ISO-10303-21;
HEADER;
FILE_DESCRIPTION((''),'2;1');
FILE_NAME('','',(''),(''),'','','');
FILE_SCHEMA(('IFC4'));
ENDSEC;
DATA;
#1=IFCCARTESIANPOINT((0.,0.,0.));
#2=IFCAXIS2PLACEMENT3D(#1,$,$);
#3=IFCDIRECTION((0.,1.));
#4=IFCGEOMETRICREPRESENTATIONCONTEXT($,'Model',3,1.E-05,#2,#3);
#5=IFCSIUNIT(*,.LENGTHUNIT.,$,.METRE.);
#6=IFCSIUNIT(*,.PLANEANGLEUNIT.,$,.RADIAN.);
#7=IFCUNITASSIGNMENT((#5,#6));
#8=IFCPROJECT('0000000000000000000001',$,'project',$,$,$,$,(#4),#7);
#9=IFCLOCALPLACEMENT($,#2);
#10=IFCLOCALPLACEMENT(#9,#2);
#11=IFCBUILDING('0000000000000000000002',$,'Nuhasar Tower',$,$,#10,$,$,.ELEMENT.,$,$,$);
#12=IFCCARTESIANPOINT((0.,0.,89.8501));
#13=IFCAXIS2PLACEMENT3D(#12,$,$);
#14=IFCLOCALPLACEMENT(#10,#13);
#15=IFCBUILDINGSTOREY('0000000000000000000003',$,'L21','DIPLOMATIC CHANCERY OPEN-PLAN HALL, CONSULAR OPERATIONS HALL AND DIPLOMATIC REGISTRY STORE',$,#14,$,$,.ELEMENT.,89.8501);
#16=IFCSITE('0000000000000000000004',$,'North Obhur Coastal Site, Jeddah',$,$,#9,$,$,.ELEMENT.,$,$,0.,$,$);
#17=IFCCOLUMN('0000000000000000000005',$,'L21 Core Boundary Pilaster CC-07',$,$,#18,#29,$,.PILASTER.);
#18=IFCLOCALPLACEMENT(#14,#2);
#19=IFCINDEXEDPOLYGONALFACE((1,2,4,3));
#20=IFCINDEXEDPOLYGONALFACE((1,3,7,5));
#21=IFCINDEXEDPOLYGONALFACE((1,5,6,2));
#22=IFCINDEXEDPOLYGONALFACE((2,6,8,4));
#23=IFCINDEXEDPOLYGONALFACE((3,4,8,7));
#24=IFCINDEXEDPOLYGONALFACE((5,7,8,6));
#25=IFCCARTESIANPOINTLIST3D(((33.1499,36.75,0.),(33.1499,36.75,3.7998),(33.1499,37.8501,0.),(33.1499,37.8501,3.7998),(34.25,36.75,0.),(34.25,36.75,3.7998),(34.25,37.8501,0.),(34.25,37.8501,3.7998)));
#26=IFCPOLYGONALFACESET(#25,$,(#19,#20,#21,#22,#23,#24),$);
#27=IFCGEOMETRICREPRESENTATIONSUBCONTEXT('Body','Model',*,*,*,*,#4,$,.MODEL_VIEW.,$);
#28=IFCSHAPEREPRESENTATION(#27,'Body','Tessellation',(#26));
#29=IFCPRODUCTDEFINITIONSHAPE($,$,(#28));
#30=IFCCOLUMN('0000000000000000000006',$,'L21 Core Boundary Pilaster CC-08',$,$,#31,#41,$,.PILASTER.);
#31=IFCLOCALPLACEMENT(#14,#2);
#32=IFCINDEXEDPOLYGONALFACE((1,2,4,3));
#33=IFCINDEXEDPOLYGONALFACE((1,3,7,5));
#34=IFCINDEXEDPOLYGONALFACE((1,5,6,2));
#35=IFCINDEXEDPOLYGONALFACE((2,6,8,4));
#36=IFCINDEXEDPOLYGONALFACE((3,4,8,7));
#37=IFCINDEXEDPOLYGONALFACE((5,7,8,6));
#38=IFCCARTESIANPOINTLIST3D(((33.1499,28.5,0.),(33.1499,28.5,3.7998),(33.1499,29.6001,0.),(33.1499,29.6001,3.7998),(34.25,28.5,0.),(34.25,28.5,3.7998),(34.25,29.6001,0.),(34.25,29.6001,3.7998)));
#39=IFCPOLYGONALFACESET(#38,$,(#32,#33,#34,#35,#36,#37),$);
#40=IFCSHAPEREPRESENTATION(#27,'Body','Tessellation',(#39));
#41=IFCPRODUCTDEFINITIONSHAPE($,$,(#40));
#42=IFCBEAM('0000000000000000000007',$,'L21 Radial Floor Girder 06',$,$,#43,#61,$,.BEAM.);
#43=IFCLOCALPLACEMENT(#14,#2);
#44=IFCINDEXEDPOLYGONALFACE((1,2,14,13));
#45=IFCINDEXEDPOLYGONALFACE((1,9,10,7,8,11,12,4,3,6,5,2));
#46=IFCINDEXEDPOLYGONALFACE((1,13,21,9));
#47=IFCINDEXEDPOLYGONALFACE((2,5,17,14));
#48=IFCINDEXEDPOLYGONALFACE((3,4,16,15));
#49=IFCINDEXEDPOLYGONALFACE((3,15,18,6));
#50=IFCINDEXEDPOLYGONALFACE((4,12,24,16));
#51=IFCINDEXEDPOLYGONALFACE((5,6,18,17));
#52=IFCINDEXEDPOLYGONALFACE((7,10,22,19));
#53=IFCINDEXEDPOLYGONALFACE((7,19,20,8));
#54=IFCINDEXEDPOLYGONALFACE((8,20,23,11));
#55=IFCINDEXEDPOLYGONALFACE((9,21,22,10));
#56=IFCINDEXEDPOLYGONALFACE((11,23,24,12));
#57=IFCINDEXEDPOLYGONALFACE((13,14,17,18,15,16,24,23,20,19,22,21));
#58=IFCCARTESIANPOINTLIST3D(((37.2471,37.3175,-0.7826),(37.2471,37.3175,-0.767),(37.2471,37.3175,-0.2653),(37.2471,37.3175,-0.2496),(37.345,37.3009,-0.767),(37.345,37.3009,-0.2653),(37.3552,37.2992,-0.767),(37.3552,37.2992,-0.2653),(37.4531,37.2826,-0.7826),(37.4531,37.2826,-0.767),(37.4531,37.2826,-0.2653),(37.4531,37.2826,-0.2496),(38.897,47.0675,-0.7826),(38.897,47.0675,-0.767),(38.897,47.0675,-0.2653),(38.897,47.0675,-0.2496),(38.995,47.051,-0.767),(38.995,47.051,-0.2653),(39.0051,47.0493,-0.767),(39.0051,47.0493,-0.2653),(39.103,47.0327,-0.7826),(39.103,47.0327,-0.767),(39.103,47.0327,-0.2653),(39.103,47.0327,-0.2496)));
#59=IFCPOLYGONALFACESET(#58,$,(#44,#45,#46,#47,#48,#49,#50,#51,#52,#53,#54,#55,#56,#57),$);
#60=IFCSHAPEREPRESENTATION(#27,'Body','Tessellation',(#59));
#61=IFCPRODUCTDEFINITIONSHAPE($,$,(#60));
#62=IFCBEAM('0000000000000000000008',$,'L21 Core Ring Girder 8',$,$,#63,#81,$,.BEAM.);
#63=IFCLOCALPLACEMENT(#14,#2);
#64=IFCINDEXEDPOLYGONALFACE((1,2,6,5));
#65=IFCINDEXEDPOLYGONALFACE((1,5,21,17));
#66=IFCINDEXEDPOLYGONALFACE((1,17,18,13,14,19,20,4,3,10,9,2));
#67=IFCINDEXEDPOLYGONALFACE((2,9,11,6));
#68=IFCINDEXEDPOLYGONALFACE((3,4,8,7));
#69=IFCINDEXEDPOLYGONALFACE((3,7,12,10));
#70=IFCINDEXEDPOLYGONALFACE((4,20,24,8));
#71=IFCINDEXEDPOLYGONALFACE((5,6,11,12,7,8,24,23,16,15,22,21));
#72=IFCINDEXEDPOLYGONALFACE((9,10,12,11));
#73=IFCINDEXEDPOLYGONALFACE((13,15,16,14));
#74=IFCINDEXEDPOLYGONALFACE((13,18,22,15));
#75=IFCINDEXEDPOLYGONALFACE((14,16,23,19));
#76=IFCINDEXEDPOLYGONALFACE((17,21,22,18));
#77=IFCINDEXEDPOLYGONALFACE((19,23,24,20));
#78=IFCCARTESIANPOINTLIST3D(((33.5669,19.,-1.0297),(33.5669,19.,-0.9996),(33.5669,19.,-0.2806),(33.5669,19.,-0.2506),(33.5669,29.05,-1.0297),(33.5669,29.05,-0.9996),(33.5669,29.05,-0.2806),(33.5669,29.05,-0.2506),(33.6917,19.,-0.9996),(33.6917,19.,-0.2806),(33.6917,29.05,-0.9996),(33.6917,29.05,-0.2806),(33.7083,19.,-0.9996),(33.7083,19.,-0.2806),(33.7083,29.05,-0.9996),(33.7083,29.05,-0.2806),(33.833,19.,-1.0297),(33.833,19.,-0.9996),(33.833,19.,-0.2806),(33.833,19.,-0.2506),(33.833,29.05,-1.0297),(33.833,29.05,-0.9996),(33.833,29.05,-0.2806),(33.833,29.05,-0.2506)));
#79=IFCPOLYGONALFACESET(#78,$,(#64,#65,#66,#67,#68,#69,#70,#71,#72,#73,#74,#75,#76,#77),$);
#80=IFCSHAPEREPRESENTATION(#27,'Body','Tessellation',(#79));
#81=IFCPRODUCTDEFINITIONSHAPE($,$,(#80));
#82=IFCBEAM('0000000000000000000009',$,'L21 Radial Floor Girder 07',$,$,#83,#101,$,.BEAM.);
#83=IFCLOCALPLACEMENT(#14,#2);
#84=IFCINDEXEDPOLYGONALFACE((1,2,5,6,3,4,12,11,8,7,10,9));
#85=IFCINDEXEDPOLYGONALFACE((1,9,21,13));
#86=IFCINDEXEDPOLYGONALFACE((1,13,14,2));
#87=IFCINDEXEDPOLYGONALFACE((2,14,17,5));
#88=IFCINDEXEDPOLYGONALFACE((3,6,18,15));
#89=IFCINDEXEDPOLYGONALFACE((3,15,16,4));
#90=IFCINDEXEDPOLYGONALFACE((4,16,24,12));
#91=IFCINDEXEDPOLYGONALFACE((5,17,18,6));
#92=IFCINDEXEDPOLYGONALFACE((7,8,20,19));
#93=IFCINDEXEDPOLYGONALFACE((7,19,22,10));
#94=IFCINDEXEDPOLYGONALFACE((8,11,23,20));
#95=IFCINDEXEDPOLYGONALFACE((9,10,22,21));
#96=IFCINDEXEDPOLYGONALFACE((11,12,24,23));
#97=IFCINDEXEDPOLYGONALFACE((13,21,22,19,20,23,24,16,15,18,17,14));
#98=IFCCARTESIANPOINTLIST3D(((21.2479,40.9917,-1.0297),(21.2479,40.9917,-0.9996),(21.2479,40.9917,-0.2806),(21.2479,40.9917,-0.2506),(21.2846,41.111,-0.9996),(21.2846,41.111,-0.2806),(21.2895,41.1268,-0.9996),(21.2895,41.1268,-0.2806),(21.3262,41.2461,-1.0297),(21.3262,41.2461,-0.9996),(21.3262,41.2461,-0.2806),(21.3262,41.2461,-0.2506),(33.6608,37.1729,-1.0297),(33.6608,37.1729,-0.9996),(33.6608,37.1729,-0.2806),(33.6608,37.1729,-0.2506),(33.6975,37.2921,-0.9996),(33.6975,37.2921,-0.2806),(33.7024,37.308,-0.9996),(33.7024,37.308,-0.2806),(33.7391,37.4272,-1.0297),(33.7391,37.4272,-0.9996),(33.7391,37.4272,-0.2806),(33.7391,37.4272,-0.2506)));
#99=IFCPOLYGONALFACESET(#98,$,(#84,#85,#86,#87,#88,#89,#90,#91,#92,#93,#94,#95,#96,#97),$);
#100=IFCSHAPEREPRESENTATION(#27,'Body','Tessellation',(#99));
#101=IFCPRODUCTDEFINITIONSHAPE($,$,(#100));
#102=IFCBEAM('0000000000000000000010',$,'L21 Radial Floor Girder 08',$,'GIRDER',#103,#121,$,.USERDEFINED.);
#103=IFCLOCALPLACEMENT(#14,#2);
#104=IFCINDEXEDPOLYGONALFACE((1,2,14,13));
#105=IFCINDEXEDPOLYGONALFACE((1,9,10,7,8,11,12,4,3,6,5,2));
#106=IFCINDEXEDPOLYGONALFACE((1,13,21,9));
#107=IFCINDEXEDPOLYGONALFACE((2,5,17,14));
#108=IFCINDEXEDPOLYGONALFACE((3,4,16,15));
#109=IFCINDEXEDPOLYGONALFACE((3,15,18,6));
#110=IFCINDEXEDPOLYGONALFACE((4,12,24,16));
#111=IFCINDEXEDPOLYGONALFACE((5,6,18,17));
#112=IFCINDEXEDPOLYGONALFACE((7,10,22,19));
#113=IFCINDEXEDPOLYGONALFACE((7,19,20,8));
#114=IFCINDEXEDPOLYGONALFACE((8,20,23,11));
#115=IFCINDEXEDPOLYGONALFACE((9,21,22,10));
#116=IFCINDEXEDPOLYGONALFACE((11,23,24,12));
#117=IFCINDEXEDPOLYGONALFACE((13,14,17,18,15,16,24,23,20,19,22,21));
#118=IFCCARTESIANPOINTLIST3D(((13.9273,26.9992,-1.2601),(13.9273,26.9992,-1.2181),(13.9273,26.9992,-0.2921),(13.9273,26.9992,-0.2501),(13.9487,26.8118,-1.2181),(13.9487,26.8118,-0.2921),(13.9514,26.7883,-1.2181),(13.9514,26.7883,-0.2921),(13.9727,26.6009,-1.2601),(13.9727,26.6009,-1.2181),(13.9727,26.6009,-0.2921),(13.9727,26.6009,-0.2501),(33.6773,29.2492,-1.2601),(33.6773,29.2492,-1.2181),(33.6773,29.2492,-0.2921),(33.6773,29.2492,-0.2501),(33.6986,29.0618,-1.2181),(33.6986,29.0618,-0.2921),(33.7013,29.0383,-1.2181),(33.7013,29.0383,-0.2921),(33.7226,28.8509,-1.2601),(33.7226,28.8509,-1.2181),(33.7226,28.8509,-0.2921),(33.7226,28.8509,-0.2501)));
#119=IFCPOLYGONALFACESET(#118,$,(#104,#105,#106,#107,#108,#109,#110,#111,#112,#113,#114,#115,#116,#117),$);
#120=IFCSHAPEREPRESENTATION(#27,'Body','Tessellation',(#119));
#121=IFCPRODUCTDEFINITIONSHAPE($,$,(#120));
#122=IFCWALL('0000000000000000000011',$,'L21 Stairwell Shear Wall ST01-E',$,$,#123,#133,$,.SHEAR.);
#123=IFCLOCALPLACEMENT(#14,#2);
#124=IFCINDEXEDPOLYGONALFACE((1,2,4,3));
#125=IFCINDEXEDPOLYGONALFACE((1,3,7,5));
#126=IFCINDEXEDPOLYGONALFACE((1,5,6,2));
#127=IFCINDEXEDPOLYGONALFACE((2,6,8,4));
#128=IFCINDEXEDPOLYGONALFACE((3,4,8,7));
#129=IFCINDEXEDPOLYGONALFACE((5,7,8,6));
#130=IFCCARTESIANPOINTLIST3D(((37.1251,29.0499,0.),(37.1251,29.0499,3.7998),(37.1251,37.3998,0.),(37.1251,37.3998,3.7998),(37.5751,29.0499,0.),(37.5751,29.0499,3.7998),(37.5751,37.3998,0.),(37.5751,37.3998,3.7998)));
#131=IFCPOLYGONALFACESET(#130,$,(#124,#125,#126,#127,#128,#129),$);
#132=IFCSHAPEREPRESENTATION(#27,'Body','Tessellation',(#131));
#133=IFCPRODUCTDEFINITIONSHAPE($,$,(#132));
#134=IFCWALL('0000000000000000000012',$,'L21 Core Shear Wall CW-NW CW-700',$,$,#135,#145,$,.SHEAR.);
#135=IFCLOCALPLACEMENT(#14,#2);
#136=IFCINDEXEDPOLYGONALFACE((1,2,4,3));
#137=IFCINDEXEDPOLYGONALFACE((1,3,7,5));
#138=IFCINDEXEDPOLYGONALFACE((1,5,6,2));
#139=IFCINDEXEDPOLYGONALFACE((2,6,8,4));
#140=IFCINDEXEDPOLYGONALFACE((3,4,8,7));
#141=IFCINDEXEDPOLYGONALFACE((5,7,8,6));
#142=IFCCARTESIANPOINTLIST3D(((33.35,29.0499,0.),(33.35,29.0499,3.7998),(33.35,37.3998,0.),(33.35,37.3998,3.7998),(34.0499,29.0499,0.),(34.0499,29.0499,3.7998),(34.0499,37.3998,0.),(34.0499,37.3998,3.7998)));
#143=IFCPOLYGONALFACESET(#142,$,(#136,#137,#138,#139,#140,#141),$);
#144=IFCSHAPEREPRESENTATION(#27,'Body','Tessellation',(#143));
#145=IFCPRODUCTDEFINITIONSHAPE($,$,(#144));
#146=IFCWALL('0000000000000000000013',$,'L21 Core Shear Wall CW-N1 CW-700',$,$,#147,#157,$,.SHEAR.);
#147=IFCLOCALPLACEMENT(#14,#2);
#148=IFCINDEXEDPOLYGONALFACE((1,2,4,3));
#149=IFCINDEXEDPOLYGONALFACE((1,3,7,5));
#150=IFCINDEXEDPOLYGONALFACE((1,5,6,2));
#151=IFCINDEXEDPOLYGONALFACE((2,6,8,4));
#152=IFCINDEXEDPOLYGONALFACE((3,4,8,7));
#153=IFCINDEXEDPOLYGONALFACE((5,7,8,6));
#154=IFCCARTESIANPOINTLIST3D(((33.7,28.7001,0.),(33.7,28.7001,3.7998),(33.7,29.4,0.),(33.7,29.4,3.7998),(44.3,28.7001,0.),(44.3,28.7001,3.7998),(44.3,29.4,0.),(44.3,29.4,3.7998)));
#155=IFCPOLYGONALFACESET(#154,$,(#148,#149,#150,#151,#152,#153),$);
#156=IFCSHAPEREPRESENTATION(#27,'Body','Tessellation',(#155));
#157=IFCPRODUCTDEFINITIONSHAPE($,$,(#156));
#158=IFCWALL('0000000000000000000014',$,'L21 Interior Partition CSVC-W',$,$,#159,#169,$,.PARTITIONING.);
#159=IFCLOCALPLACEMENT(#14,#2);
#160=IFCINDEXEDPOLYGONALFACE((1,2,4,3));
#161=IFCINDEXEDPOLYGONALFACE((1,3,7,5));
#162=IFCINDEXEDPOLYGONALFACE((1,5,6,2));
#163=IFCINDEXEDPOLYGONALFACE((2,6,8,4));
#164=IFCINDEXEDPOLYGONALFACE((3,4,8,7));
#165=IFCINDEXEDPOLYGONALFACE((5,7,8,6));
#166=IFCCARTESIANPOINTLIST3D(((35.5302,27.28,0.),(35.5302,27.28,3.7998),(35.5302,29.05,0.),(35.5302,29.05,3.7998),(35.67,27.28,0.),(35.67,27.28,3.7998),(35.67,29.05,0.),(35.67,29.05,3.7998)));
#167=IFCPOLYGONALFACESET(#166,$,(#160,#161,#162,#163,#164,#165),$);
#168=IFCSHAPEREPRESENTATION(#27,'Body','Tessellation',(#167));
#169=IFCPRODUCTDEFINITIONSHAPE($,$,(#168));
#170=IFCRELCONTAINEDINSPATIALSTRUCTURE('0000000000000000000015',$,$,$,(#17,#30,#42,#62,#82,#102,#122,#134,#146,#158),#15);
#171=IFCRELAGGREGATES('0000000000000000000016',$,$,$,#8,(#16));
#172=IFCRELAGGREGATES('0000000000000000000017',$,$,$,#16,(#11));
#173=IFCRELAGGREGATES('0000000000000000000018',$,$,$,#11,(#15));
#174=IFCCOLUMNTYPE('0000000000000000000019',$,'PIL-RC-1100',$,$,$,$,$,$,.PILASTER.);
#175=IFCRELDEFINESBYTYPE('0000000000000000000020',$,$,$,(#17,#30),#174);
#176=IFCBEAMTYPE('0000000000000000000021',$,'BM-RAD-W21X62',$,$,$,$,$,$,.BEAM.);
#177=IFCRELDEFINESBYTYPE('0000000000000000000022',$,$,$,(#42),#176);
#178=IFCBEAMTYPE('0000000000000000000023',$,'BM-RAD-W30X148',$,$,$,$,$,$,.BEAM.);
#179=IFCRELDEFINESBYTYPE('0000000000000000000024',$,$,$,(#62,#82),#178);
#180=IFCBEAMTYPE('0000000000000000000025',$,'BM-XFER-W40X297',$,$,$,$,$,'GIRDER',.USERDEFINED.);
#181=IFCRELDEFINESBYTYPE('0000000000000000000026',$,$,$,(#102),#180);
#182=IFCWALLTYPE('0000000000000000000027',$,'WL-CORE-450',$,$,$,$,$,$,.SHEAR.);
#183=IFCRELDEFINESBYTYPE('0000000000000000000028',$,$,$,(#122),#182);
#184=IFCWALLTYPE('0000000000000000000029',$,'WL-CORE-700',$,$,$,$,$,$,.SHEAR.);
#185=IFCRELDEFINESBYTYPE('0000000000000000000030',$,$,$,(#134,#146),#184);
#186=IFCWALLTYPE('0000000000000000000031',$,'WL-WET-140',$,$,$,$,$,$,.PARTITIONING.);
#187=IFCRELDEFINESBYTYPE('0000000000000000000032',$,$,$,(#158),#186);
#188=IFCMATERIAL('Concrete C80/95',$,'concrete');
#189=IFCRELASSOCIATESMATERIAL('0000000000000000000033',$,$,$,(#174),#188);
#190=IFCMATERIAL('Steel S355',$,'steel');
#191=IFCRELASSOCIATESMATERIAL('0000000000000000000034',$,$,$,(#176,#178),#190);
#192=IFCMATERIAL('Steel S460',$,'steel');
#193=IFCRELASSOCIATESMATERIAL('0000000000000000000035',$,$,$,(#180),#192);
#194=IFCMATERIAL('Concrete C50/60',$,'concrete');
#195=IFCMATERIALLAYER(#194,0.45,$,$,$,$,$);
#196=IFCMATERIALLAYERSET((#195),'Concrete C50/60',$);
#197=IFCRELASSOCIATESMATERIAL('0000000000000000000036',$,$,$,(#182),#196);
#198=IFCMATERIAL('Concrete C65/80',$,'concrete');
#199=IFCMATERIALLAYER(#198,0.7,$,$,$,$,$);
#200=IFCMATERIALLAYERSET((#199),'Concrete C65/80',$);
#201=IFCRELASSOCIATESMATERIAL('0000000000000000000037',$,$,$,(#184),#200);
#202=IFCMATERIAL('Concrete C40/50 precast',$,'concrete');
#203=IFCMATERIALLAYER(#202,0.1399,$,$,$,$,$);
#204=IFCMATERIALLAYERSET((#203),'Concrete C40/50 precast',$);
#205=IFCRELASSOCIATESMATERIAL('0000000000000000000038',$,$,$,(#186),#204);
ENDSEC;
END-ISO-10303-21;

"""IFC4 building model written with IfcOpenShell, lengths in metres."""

from ifc_helpers import new_model, si_unit, direction, frame, frame_2d, origin, origin_2d, place, context, subcontext, project, spatial, rectangle, i_section, extrude, material, layer, layer_set, material_profile, profile_set, type_object, element, save


model = new_model("IFC4")

# Units and contexts
model_context = context("Model", 3, precision=1e-05, world=origin(), true_north=direction((0.0, 1.0)))
body_context = subcontext(model_context, "Body", "Model", "MODEL_VIEW")
ifc_project = project(units=[si_unit("LENGTHUNIT", "METRE"), si_unit("PLANEANGLEUNIT", "RADIAN")], contexts=[model_context])

# Site, building, storey
site_placement = place(None, origin())
site = spatial("IfcSite", under=ifc_project, at=site_placement, Name="North Obhur Coastal Site, Jeddah", CompositionType="ELEMENT", RefElevation=0.0)
building_placement = place(site_placement, origin())
building = spatial("IfcBuilding", under=site, at=building_placement, Name="Nuhasar Tower", CompositionType="ELEMENT")
storey_placement = place(building_placement, frame((0.0, 0.0, 89.8501)))
storey = spatial("IfcBuildingStorey", under=building, at=storey_placement, Name="L21", Description="DIPLOMATIC CHANCERY OPEN-PLAN HALL, CONSULAR OPERATIONS HALL AND DIPLOMATIC REGISTRY STORE", CompositionType="ELEMENT", Elevation=89.8501)

# Columns
ifc_material_1 = material(Name="Concrete C80/95", Category="concrete")
ifc_material_profile_1 = material_profile(ifc_material_1, rectangle(XDim=1.1001, YDim=1.1001, at=origin_2d()), Name="RC1100X1100")
ifc_profile_set_1 = profile_set([ifc_material_profile_1], Name="Concrete C80/95")
column_type = type_object("IfcColumnType", Name="PIL-RC-1100", PredefinedType="PILASTER", material=ifc_profile_set_1)
for number, where, z_axis, x_axis, name in (
    (1, (33.7, 37.3, 0.0), (0.0, 0.0, 1.0), (1.0, 0.0, 0.0), "L21 Core Boundary Pilaster CC-07"),
    (2, (33.7, 29.05, 0.0), (0.0, 0.0, 1.0), (1.0, 0.0, 0.0), "L21 Core Boundary Pilaster CC-08"),
):
    element("IfcColumn", number, at=place(storey_placement, frame(where, z_axis=z_axis, x_axis=x_axis)), inside=storey, type_object=column_type, Name=name, PredefinedType="PILASTER", context=body_context, shape_type="SweptSolid", body=[
        extrude(rectangle(XDim=1.1001, YDim=1.1001, at=origin_2d()), origin(), (0.0, 0.0, 1.0), 3.7998),
    ])

# Beams
ifc_material_2 = material(Name="Steel S355", Category="steel")
ifc_material_profile_2 = material_profile(ifc_material_2, i_section(OverallWidth=0.209, OverallDepth=0.533, WebThickness=0.0103, FlangeThickness=0.0156, at=origin_2d()), Name="W21X62")
ifc_profile_set_2 = profile_set([ifc_material_profile_2], Name="Steel S355")
beam_type_1 = type_object("IfcBeamType", Name="BM-RAD-W21X62", PredefinedType="BEAM", material=ifc_profile_set_2)
beam_1_placement = place(storey_placement, frame((37.3501, 37.3, -0.5161), z_axis=(0.166849, 0.985983, 0.0), x_axis=(-0.985983, 0.166849, 0.0)))
element("IfcBeam", 3, at=beam_1_placement, inside=storey, type_object=beam_type_1, Name="L21 Radial Floor Girder 06", PredefinedType="BEAM", context=body_context, shape_type="SweptSolid", body=[
    extrude(i_section(OverallWidth=0.209, OverallDepth=0.533, WebThickness=0.0103, FlangeThickness=0.0156, at=origin_2d()), origin(), (0.0, 0.0, 1.0), 9.8887),
])
ifc_material_profile_3 = material_profile(ifc_material_2, i_section(OverallWidth=0.2661, OverallDepth=0.7791, WebThickness=0.0166, FlangeThickness=0.03, at=origin_2d()), Name="W30X148")
ifc_profile_set_3 = profile_set([ifc_material_profile_3], Name="Steel S355")
beam_type_2 = type_object("IfcBeamType", Name="BM-RAD-W30X148", PredefinedType="BEAM", material=ifc_profile_set_3)
beam_2_placement = place(storey_placement, frame((33.7, 29.05, -0.6401), z_axis=(0.0, -1.0, 0.0), x_axis=(1.0, 0.0, 0.0)))
element("IfcBeam", 4, at=beam_2_placement, inside=storey, type_object=beam_type_2, Name="L21 Core Ring Girder 8", PredefinedType="BEAM", context=body_context, shape_type="SweptSolid", body=[
    extrude(i_section(OverallWidth=0.2661, OverallDepth=0.7791, WebThickness=0.0166, FlangeThickness=0.03, at=origin_2d()), origin(), (0.0, 0.0, 1.0), 10.05),
])
beam_3_placement = place(storey_placement, frame((33.7, 37.3, -0.6401), z_axis=(-0.95579, 0.294052, 0.0), x_axis=(-0.294052, -0.95579, 0.0)))
element("IfcBeam", 5, at=beam_3_placement, inside=storey, type_object=beam_type_2, Name="L21 Radial Floor Girder 07", PredefinedType="BEAM", context=body_context, shape_type="SweptSolid", body=[
    extrude(i_section(OverallWidth=0.2661, OverallDepth=0.7791, WebThickness=0.0166, FlangeThickness=0.03, at=origin_2d()), origin(), (0.0, 0.0, 1.0), 12.9871),
])
ifc_material_3 = material(Name="Steel S460", Category="steel")
ifc_material_profile_4 = material_profile(ifc_material_3, i_section(OverallWidth=0.4009, OverallDepth=1.01, WebThickness=0.0237, FlangeThickness=0.042, at=origin_2d()), Name="W40X297")
ifc_profile_set_4 = profile_set([ifc_material_profile_4], Name="Steel S460")
beam_type_3 = type_object("IfcBeamType", Name="BM-XFER-W40X297", ElementType="GIRDER", PredefinedType="USERDEFINED", material=ifc_profile_set_4)
beam_4_placement = place(storey_placement, frame((33.7, 29.05, -0.7551), z_axis=(-0.993573, -0.113192, 0.0), x_axis=(0.113192, -0.993573, 0.0)))
element("IfcBeam", 6, at=beam_4_placement, inside=storey, type_object=beam_type_3, Name="L21 Radial Floor Girder 08", ObjectType="GIRDER", PredefinedType="USERDEFINED", context=body_context, shape_type="SweptSolid", body=[
    extrude(i_section(OverallWidth=0.4009, OverallDepth=1.01, WebThickness=0.0237, FlangeThickness=0.042, at=origin_2d()), origin(), (0.0, 0.0, 1.0), 19.8777),
])

# Walls
ifc_material_4 = material(Name="Concrete C50/60", Category="concrete")
ifc_layer_1 = layer(ifc_material_4, 0.45)
ifc_layer_set_1 = layer_set([ifc_layer_1], Name="Concrete C50/60")
wall_type_1 = type_object("IfcWallType", Name="WL-CORE-450", PredefinedType="SHEAR", material=ifc_layer_set_1)
wall_1_placement = place(storey_placement, frame((37.3501, 29.05, 0.0), z_axis=(0.0, 0.0, 1.0), x_axis=(0.0, 1.0, 0.0)))
element("IfcWall", 7, at=wall_1_placement, inside=storey, type_object=wall_type_1, Name="L21 Stairwell Shear Wall ST01-E", PredefinedType="SHEAR", context=body_context, shape_type="SweptSolid", body=[
    extrude(rectangle(XDim=8.3499, YDim=0.45, at=frame_2d((4.1748, 0.0))), origin(), (0.0, 0.0, 1.0), 3.7998),
])
ifc_material_5 = material(Name="Concrete C65/80", Category="concrete")
ifc_layer_2 = layer(ifc_material_5, 0.7)
ifc_layer_set_2 = layer_set([ifc_layer_2], Name="Concrete C65/80")
wall_type_2 = type_object("IfcWallType", Name="WL-CORE-700", PredefinedType="SHEAR", material=ifc_layer_set_2)
wall_2_placement = place(storey_placement, frame((33.7, 29.05, 0.0), z_axis=(0.0, 0.0, 1.0), x_axis=(0.0, 1.0, 0.0)))
element("IfcWall", 8, at=wall_2_placement, inside=storey, type_object=wall_type_2, Name="L21 Core Shear Wall CW-NW CW-700", PredefinedType="SHEAR", context=body_context, shape_type="SweptSolid", body=[
    extrude(rectangle(XDim=8.3499, YDim=0.7, at=frame_2d((4.1748, 0.0))), origin(), (0.0, 0.0, 1.0), 3.7998),
])
wall_3_placement = place(storey_placement, frame((33.7, 29.05, 0.0), z_axis=(0.0, 0.0, 1.0), x_axis=(1.0, 0.0, 0.0)))
element("IfcWall", 9, at=wall_3_placement, inside=storey, type_object=wall_type_2, Name="L21 Core Shear Wall CW-N1 CW-700", PredefinedType="SHEAR", context=body_context, shape_type="SweptSolid", body=[
    extrude(rectangle(XDim=10.6001, YDim=0.7, at=frame_2d((5.3, 0.0))), origin(), (0.0, 0.0, 1.0), 3.7998),
])
ifc_material_6 = material(Name="Concrete C40/50 precast", Category="concrete")
ifc_layer_3 = layer(ifc_material_6, 0.1399)
ifc_layer_set_3 = layer_set([ifc_layer_3], Name="Concrete C40/50 precast")
wall_type_3 = type_object("IfcWallType", Name="WL-WET-140", PredefinedType="PARTITIONING", material=ifc_layer_set_3)
wall_4_placement = place(storey_placement, frame((35.6001, 27.28, 0.0), z_axis=(0.0, 0.0, 1.0), x_axis=(0.0, 1.0, 0.0)))
element("IfcWall", 10, at=wall_4_placement, inside=storey, type_object=wall_type_3, Name="L21 Interior Partition CSVC-W", PredefinedType="PARTITIONING", context=body_context, shape_type="SweptSolid", body=[
    extrude(rectangle(XDim=1.77, YDim=0.1399, at=frame_2d((0.885, 0.0))), origin(), (0.0, 0.0, 1.0), 3.7998),
])

save(model, "model.ifc")
